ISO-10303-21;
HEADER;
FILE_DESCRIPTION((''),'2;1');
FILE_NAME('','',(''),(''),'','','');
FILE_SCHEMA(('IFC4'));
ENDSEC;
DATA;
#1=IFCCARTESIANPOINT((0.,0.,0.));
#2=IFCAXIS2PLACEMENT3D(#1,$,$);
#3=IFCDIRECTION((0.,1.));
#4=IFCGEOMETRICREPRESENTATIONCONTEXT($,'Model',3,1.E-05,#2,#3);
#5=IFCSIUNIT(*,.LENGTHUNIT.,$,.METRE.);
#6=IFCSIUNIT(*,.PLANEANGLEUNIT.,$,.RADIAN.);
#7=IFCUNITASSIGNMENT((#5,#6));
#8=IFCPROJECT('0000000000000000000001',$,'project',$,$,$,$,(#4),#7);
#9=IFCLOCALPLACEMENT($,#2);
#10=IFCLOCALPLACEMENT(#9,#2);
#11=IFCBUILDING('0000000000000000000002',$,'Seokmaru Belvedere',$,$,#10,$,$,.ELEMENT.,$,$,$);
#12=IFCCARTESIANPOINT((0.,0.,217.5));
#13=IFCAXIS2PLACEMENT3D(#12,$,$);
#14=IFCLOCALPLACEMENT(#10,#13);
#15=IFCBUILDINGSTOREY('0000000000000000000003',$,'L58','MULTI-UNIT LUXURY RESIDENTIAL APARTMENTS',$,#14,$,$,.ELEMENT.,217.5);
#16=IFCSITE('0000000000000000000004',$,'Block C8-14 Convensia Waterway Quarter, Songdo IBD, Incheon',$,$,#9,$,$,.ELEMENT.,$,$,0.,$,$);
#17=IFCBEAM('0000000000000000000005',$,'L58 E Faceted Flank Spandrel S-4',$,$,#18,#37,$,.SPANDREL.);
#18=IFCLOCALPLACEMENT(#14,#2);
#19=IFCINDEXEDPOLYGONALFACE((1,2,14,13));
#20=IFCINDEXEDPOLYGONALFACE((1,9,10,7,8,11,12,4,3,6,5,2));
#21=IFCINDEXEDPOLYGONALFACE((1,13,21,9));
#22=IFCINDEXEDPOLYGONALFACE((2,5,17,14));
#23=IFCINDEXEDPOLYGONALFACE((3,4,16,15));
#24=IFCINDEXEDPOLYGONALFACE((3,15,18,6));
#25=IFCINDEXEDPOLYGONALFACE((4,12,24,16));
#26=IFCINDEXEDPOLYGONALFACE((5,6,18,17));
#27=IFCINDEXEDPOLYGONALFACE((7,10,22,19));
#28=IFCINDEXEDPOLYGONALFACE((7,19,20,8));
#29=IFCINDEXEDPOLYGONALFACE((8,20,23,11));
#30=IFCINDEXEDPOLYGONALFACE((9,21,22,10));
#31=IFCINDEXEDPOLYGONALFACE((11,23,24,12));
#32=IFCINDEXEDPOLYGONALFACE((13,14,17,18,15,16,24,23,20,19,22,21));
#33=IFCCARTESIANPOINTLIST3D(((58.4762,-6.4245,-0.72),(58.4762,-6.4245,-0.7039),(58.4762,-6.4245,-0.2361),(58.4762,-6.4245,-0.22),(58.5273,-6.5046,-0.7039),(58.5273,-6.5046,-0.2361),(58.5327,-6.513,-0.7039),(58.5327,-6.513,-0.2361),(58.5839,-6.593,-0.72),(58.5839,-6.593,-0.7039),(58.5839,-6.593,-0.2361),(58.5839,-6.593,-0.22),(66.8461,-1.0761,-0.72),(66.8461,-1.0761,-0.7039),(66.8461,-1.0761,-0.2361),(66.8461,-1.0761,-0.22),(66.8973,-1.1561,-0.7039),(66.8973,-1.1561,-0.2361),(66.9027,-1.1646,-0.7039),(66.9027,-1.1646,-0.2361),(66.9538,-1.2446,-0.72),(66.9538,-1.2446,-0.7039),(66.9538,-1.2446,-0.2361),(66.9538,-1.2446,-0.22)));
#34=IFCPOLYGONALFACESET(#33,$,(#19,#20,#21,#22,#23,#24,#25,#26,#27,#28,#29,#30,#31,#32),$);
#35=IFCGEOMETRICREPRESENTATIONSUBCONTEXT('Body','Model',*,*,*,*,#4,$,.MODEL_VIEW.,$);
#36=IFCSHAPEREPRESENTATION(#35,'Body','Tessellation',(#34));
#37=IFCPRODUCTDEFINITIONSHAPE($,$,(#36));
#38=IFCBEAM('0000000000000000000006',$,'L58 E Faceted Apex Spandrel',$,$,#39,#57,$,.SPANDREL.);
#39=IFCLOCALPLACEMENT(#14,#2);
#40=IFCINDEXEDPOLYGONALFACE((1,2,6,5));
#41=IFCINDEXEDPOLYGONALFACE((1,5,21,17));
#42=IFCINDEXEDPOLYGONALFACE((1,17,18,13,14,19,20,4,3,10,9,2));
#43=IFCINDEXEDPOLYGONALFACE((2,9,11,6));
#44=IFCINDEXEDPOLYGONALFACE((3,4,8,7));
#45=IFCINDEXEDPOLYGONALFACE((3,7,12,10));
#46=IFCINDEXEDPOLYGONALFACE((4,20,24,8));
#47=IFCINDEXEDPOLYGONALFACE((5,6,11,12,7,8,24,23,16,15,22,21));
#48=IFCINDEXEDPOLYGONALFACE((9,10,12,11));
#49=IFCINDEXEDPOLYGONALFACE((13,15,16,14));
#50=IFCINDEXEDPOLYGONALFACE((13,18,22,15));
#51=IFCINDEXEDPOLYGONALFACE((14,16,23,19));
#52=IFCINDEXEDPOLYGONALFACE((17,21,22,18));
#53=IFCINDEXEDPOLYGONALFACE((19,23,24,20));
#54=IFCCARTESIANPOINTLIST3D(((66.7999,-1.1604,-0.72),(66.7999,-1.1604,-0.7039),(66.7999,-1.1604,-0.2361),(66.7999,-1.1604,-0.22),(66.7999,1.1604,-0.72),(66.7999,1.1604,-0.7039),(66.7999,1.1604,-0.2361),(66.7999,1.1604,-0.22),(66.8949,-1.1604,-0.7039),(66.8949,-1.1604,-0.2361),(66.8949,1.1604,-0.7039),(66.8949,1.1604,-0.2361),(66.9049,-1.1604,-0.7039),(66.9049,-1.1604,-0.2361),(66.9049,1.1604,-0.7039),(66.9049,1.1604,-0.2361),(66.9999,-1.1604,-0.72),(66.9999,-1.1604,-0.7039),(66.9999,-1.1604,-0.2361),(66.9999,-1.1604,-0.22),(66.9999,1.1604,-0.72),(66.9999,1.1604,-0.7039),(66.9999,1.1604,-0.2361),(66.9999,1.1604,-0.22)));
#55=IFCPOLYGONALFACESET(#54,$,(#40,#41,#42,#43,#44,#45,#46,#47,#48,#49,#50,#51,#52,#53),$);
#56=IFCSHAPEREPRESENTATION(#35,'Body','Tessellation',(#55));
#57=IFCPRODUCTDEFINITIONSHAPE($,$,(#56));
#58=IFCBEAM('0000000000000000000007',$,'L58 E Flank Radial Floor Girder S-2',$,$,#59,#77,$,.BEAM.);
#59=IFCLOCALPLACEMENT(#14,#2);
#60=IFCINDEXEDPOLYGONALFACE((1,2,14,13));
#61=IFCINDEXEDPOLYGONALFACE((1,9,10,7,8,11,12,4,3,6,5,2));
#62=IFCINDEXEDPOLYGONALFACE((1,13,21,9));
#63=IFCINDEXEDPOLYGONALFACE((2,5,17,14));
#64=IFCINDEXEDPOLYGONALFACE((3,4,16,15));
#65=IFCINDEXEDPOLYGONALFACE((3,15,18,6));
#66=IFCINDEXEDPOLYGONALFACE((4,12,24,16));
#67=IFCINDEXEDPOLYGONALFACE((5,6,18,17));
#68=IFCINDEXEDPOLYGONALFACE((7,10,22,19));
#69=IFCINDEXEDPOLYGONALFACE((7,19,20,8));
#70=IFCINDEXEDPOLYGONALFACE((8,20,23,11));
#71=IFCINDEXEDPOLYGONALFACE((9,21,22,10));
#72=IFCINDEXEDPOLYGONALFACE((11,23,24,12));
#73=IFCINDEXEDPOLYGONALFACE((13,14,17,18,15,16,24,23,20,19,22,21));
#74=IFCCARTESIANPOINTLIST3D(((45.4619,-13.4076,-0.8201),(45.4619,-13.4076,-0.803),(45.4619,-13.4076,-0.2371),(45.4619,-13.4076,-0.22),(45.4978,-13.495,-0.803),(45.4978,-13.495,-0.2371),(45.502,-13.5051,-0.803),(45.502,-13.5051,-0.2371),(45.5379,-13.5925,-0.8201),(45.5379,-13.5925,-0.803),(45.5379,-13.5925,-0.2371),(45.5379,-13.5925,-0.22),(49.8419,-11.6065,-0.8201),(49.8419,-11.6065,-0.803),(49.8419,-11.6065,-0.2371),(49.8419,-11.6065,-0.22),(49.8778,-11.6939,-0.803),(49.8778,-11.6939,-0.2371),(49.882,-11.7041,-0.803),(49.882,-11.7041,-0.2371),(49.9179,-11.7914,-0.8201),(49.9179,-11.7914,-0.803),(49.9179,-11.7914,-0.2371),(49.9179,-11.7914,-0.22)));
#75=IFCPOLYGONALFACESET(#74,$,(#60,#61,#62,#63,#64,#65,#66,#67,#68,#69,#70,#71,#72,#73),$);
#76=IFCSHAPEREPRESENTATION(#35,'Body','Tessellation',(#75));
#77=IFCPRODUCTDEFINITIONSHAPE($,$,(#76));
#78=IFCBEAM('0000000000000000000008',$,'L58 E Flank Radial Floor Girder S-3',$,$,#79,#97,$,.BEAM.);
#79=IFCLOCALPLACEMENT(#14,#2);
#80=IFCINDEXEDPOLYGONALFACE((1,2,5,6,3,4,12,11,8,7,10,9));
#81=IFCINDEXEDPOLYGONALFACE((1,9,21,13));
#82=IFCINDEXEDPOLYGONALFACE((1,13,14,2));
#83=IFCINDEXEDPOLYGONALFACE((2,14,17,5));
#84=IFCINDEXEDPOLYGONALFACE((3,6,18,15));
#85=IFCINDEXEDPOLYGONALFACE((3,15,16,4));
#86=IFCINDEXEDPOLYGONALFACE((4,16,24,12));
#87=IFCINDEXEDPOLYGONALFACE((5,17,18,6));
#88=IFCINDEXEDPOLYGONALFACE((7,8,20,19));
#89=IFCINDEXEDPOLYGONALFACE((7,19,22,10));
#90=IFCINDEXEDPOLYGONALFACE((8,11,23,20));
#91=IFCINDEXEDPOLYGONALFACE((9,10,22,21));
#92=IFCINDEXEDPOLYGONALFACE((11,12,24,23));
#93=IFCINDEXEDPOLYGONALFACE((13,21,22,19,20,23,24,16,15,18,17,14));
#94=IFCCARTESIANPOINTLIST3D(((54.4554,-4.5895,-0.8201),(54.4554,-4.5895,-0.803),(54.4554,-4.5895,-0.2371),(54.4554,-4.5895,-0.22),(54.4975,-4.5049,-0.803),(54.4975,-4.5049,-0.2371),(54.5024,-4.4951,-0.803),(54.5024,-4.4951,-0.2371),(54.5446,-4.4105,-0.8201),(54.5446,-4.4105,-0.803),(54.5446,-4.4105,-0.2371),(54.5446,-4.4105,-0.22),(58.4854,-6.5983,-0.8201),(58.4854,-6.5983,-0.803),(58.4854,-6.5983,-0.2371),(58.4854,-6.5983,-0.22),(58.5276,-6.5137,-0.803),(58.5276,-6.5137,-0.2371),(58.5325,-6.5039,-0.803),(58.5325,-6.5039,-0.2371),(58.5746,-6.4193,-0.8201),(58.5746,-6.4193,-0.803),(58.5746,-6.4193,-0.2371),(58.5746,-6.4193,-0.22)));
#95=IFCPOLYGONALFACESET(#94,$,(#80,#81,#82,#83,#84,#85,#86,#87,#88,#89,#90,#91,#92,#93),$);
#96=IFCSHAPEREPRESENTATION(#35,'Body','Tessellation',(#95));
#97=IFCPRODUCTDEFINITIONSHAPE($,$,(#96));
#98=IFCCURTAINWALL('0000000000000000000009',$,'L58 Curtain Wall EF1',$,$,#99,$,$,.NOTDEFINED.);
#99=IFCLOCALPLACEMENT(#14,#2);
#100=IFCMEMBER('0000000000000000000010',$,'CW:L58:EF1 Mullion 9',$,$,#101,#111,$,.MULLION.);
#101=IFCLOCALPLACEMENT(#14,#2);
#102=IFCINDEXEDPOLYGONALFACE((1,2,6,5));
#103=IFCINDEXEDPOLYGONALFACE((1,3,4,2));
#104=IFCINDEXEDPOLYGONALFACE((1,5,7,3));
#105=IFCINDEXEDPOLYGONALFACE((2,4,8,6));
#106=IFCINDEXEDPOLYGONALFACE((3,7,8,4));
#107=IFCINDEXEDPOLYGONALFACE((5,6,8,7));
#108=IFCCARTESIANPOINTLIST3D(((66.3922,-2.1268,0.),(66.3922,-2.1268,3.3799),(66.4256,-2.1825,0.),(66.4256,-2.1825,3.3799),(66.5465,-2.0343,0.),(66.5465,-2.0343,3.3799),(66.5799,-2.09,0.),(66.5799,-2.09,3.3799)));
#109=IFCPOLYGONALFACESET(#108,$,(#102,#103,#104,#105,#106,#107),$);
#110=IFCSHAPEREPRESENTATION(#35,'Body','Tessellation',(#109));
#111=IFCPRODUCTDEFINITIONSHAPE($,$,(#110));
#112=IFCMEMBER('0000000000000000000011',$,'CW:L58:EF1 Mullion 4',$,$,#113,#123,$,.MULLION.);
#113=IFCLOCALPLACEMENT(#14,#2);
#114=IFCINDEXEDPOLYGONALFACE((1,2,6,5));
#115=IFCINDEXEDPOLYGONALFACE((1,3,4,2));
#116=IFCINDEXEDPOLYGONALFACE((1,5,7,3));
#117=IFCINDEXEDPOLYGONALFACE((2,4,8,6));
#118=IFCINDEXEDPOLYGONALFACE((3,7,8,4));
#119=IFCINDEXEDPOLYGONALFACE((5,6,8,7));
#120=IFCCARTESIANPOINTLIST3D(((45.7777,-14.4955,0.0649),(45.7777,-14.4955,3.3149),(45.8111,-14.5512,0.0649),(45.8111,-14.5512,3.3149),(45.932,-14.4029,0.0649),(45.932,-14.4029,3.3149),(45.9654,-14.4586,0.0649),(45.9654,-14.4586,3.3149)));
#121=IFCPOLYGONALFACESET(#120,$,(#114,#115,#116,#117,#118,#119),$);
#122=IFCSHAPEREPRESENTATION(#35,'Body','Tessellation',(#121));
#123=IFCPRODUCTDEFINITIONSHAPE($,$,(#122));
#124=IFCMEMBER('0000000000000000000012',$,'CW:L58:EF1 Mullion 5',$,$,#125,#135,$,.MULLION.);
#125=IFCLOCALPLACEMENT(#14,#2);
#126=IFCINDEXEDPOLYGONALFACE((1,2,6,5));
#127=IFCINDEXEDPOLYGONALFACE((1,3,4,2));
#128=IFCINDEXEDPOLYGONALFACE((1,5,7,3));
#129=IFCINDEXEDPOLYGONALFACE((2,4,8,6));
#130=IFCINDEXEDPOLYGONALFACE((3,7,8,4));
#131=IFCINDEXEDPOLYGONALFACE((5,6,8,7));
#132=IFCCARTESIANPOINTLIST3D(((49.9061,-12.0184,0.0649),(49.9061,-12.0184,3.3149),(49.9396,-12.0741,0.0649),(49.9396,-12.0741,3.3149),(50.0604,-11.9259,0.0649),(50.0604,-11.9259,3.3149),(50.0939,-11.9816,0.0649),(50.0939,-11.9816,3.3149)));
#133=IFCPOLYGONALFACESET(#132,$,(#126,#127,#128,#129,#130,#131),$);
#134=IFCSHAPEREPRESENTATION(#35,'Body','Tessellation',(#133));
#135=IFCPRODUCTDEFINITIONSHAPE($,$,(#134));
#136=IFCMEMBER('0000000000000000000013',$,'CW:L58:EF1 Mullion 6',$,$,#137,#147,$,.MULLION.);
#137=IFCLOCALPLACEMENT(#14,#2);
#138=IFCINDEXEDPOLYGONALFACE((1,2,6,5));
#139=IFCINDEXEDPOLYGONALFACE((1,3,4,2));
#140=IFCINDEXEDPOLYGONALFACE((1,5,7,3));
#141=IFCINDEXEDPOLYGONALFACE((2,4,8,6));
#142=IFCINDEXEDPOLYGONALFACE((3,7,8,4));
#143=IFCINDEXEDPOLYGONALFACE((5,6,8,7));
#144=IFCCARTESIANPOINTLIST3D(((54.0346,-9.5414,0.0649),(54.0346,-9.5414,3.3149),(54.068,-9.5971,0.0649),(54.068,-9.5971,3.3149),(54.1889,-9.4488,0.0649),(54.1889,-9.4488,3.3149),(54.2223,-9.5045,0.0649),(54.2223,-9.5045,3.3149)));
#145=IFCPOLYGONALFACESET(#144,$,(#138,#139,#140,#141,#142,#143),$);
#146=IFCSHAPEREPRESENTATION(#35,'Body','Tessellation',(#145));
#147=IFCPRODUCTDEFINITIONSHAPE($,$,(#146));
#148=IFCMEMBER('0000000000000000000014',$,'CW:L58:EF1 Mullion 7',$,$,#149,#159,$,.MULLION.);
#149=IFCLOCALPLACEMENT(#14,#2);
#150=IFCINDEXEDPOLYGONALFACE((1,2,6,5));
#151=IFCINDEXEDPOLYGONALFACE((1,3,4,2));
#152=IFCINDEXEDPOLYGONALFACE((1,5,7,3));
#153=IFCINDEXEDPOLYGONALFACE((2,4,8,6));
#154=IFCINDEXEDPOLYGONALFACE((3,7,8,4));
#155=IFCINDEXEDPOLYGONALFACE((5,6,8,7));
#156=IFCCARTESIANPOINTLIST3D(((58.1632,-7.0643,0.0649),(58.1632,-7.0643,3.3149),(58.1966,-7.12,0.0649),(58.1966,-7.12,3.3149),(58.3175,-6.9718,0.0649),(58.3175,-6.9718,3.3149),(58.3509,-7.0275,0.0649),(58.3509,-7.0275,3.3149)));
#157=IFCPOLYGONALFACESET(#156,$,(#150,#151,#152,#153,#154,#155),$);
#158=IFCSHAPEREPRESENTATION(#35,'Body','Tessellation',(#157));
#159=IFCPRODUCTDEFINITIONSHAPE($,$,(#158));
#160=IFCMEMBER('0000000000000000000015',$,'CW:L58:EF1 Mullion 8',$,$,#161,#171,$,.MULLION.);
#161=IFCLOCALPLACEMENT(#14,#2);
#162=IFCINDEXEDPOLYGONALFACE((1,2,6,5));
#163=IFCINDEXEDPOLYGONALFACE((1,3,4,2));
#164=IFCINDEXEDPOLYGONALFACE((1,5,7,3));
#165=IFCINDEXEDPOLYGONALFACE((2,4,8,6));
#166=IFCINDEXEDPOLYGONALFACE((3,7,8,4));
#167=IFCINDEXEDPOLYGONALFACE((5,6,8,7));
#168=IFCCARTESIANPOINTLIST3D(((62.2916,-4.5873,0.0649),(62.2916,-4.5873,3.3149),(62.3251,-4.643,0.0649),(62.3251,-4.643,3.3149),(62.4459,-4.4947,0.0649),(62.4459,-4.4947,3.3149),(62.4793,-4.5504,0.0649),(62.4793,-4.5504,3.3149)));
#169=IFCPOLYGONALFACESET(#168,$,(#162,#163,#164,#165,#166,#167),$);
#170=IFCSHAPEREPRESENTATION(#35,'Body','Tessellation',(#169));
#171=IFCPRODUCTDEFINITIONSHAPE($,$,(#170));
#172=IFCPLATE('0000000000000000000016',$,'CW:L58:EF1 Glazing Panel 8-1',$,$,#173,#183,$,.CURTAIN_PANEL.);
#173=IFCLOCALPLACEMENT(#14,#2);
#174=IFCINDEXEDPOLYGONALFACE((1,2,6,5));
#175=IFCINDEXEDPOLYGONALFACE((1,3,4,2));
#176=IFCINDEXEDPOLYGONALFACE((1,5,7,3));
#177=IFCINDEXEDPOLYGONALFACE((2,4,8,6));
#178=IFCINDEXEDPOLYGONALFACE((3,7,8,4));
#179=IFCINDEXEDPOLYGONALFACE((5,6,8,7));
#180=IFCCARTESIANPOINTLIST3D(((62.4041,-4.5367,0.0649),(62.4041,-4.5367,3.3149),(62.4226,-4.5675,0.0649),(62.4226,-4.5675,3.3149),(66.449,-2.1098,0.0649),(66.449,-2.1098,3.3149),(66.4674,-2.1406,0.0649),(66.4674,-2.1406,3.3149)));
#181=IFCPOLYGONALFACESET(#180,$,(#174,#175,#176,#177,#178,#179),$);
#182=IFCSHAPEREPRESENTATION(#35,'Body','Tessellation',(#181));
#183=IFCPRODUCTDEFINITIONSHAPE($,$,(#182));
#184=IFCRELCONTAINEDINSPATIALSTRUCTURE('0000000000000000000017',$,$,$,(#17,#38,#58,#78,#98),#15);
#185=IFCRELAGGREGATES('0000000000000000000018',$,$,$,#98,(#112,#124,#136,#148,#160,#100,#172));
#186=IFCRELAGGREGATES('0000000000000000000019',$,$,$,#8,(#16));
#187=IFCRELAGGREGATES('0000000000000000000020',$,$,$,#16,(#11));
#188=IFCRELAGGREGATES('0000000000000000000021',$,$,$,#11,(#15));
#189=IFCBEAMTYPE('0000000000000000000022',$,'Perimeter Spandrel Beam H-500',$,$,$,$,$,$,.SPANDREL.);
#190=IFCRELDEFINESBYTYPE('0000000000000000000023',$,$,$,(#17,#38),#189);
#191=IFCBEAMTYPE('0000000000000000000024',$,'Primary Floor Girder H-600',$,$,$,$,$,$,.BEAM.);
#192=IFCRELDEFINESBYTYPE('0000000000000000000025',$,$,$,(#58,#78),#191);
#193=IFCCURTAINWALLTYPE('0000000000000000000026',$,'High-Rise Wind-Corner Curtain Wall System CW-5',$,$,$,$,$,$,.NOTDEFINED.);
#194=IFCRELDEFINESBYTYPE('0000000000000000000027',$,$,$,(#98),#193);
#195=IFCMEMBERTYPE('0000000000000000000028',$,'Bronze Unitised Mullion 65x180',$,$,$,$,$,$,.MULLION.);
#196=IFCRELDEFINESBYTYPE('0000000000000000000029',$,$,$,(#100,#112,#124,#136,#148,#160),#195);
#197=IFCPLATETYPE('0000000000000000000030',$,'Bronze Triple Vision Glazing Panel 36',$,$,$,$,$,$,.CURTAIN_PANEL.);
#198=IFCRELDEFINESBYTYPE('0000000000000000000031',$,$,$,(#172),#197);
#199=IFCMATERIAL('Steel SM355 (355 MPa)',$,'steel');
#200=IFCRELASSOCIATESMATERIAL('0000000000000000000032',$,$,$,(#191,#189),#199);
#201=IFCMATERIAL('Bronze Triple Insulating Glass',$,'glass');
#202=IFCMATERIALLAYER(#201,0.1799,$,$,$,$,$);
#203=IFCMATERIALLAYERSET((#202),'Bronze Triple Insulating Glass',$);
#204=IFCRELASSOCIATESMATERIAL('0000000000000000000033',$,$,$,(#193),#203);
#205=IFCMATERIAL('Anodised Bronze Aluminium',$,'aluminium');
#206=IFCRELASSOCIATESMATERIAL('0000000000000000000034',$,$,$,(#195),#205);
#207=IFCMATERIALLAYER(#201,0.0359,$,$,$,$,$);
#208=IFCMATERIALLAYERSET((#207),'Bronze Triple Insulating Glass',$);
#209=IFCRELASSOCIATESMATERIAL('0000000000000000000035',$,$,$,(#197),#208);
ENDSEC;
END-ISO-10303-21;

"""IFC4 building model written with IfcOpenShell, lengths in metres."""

from ifc_helpers import new_model, si_unit, direction, frame, origin, origin_2d, place, context, subcontext, project, spatial, rectangle, i_section, extrude, source, transform, mapped, material, layer, layer_set, material_profile, profile_set, type_object, type_shapes, element, aggregate, save


model = new_model("IFC4")

# Units and contexts
model_context = context("Model", 3, precision=1e-05, world=origin(), true_north=direction((0.0, 1.0)))
body_context = subcontext(model_context, "Body", "Model", "MODEL_VIEW")
ifc_project = project(units=[si_unit("LENGTHUNIT", "METRE"), si_unit("PLANEANGLEUNIT", "RADIAN")], contexts=[model_context])

# Site, building, storey
site_placement = place(None, origin())
site = spatial("IfcSite", under=ifc_project, at=site_placement, Name="Block C8-14 Convensia Waterway Quarter, Songdo IBD, Incheon", CompositionType="ELEMENT", RefElevation=0.0)
building_placement = place(site_placement, origin())
building = spatial("IfcBuilding", under=site, at=building_placement, Name="Seokmaru Belvedere", CompositionType="ELEMENT")
storey_placement = place(building_placement, frame((0.0, 0.0, 217.5)))
storey = spatial("IfcBuildingStorey", under=building, at=storey_placement, Name="L58", Description="MULTI-UNIT LUXURY RESIDENTIAL APARTMENTS", CompositionType="ELEMENT", Elevation=217.5)

# Shared definitions
ifc_material_1 = material(Name="Steel SM355 (355 MPa)", Category="steel")

# Beams
ifc_material_profile_1 = material_profile(ifc_material_1, i_section(OverallWidth=0.2, OverallDepth=0.6001, WebThickness=0.011, FlangeThickness=0.0171, at=origin_2d()), Name="H-600x200x11x17")
ifc_profile_set_1 = profile_set([ifc_material_profile_1], Name="Steel SM355 (355 MPa)")
beam_type_1 = type_object("IfcBeamType", Name="Primary Floor Girder H-600", PredefinedType="BEAM", material=ifc_profile_set_1)
ifc_material_profile_2 = material_profile(ifc_material_1, i_section(OverallWidth=0.2, OverallDepth=0.5, WebThickness=0.01, FlangeThickness=0.0161, at=origin_2d()), Name="H-500x200x10x16")
ifc_profile_set_2 = profile_set([ifc_material_profile_2], Name="Steel SM355 (355 MPa)")
beam_type_2 = type_object("IfcBeamType", Name="Perimeter Spandrel Beam H-500", PredefinedType="SPANDREL", material=ifc_profile_set_2)
shared_shape_1 = source(origin(), body_context, "Body", "SweptSolid", [
    extrude(i_section(OverallWidth=0.2, OverallDepth=0.5, WebThickness=0.01, FlangeThickness=0.0161, at=origin_2d()), origin(), (0.0, 0.0, 1.0), 9.9329),
])
beam_1_placement = place(storey_placement, frame((58.53, -6.5088, -0.47), z_axis=(0.842652, 0.538459, 0.0), x_axis=(-0.538459, 0.842652, 0.0)))
element("IfcBeam", 1, at=beam_1_placement, inside=storey, type_object=beam_type_2, Name="L58 E Faceted Flank Spandrel S-4", PredefinedType="SPANDREL", context=body_context, shape_type="MappedRepresentation", body=[
    mapped(shared_shape_1, transform((0.0, 0.0, 0.0), scale=1.0)),
])
shared_shape_2 = source(origin(), body_context, "Body", "SweptSolid", [
    extrude(i_section(OverallWidth=0.2, OverallDepth=0.5, WebThickness=0.01, FlangeThickness=0.0161, at=origin_2d()), origin(), (0.0, 0.0, 1.0), 2.3208),
])
beam_2_placement = place(storey_placement, frame((66.8999, -1.1604, -0.47), z_axis=(0.0, 1.0, 0.0), x_axis=(-1.0, 0.0, 0.0)))
element("IfcBeam", 2, at=beam_2_placement, inside=storey, type_object=beam_type_2, Name="L58 E Faceted Apex Spandrel", PredefinedType="SPANDREL", context=body_context, shape_type="MappedRepresentation", body=[
    mapped(shared_shape_2, transform((0.0, 0.0, 0.0), scale=1.0)),
])
shared_shape_3 = source(origin(), body_context, "Body", "SweptSolid", [
    extrude(i_section(OverallWidth=0.2, OverallDepth=0.6001, WebThickness=0.011, FlangeThickness=0.0171, at=origin_2d()), origin(), (0.0, 0.0, 1.0), 4.7358),
])
beam_3_placement = place(storey_placement, frame((49.8799, -11.699, -0.52), z_axis=(-0.924861, -0.380306, 0.0), x_axis=(0.380306, -0.924861, 0.0)))
element("IfcBeam", 3, at=beam_3_placement, inside=storey, type_object=beam_type_1, Name="L58 E Flank Radial Floor Girder S-2", PredefinedType="BEAM", context=body_context, shape_type="MappedRepresentation", body=[
    mapped(shared_shape_3, transform((0.0, 0.0, 0.0), scale=1.0)),
])
shared_shape_4 = source(origin(), body_context, "Body", "SweptSolid", [
    extrude(i_section(OverallWidth=0.2, OverallDepth=0.6001, WebThickness=0.011, FlangeThickness=0.0171, at=origin_2d()), origin(), (0.0, 0.0, 1.0), 4.5029),
])
beam_4_placement = place(storey_placement, frame((58.53, -6.5088, -0.52), z_axis=(-0.89498, 0.446107, 0.0), x_axis=(-0.446107, -0.89498, 0.0)))
element("IfcBeam", 4, at=beam_4_placement, inside=storey, type_object=beam_type_1, Name="L58 E Flank Radial Floor Girder S-3", PredefinedType="BEAM", context=body_context, shape_type="MappedRepresentation", body=[
    mapped(shared_shape_4, transform((0.0, 0.0, 0.0), scale=1.0)),
])

# Curtain wall, members, plate
ifc_material_2 = material(Name="Bronze Triple Insulating Glass", Category="glass")
ifc_layer_1 = layer(ifc_material_2, 0.1799)
ifc_layer_set_1 = layer_set([ifc_layer_1], Name="Bronze Triple Insulating Glass")
curtain_wall_type = type_object("IfcCurtainWallType", Name="High-Rise Wind-Corner Curtain Wall System CW-5", PredefinedType="NOTDEFINED", material=ifc_layer_set_1)
curtain_wall_placement = place(storey_placement, origin())
curtain_wall = element("IfcCurtainWall", 5, at=curtain_wall_placement, inside=storey, type_object=curtain_wall_type, Name="L58 Curtain Wall EF1", PredefinedType="NOTDEFINED")
ifc_material_3 = material(Name="Anodised Bronze Aluminium", Category="aluminium")
ifc_material_profile_3 = material_profile(ifc_material_3, rectangle(XDim=0.0649, YDim=0.1799, at=origin_2d()), Name="CW-M-65x180")
ifc_profile_set_3 = profile_set([ifc_material_profile_3], Name="Anodised Bronze Aluminium")
member_type = type_object("IfcMemberType", Name="Bronze Unitised Mullion 65x180", PredefinedType="MULLION", material=ifc_profile_set_3)
shared_shape_5 = source(origin(), body_context, "Body", "SweptSolid", [
    extrude(rectangle(XDim=0.0649, YDim=0.1799, at=origin_2d()), origin(), (0.0, 0.0, 1.0), 3.3799),
])
member_1_placement = place(storey_placement, frame((66.4861, -2.1084, 0.0), z_axis=(0.0, 0.0, 1.0), x_axis=(-0.514495, 0.857493, 0.0)))
member_1 = element("IfcMember", 6, at=member_1_placement, type_object=member_type, Name="CW:L58:EF1 Mullion 9", PredefinedType="MULLION", context=body_context, shape_type="MappedRepresentation", body=[
    mapped(shared_shape_5, transform((0.0, 0.0, 0.0), scale=1.0)),
])
shared_shape_6 = source(origin(), body_context, "Body", "SweptSolid", [
    extrude(rectangle(XDim=0.0649, YDim=0.1799, at=origin_2d()), origin(), (0.0, 0.0, 1.0), 3.25),
])
type_shapes(member_type, [shared_shape_5, shared_shape_6])
member_2_placement = place(storey_placement, frame((45.8716, -14.4771, 0.0649), z_axis=(0.0, 0.0, 1.0), x_axis=(-0.514495, 0.857493, 0.0)))
member_2 = element("IfcMember", 7, at=member_2_placement, type_object=member_type, Name="CW:L58:EF1 Mullion 4", PredefinedType="MULLION", context=body_context, shape_type="MappedRepresentation", body=[
    mapped(shared_shape_6, transform((0.0, 0.0, 0.0), scale=1.0)),
])
member_3_placement = place(storey_placement, frame((50.0, -12.0, 0.0649), z_axis=(0.0, 0.0, 1.0), x_axis=(-0.514495, 0.857493, 0.0)))
member_3 = element("IfcMember", 8, at=member_3_placement, type_object=member_type, Name="CW:L58:EF1 Mullion 5", PredefinedType="MULLION", context=body_context, shape_type="MappedRepresentation", body=[
    mapped(shared_shape_6, transform((0.0, 0.0, 0.0), scale=1.0)),
])
member_4_placement = place(storey_placement, frame((54.1284, -9.5229, 0.0649), z_axis=(0.0, 0.0, 1.0), x_axis=(-0.514495, 0.857493, 0.0)))
member_4 = element("IfcMember", 9, at=member_4_placement, type_object=member_type, Name="CW:L58:EF1 Mullion 6", PredefinedType="MULLION", context=body_context, shape_type="MappedRepresentation", body=[
    mapped(shared_shape_6, transform((0.0, 0.0, 0.0), scale=1.0)),
])
member_5_placement = place(storey_placement, frame((58.2571, -7.0459, 0.0649), z_axis=(0.0, 0.0, 1.0), x_axis=(-0.514495, 0.857493, 0.0)))
member_5 = element("IfcMember", 10, at=member_5_placement, type_object=member_type, Name="CW:L58:EF1 Mullion 7", PredefinedType="MULLION", context=body_context, shape_type="MappedRepresentation", body=[
    mapped(shared_shape_6, transform((0.0, 0.0, 0.0), scale=1.0)),
])
member_6_placement = place(storey_placement, frame((62.3855, -4.5688, 0.0649), z_axis=(0.0, 0.0, 1.0), x_axis=(-0.514495, 0.857493, 0.0)))
member_6 = element("IfcMember", 11, at=member_6_placement, type_object=member_type, Name="CW:L58:EF1 Mullion 8", PredefinedType="MULLION", context=body_context, shape_type="MappedRepresentation", body=[
    mapped(shared_shape_6, transform((0.0, 0.0, 0.0), scale=1.0)),
])
ifc_layer_2 = layer(ifc_material_2, 0.0359)
ifc_layer_set_2 = layer_set([ifc_layer_2], Name="Bronze Triple Insulating Glass")
plate_type = type_object("IfcPlateType", Name="Bronze Triple Vision Glazing Panel 36", PredefinedType="CURTAIN_PANEL", material=ifc_layer_set_2)
shared_shape_7 = source(origin(), body_context, "Body", "SweptSolid", [
    extrude(rectangle(XDim=4.717, YDim=0.0359, at=origin_2d()), origin(), (0.0, 0.0, 1.0), 3.25),
])
plate_1_placement = place(storey_placement, frame((64.4358, -3.3386, 0.0649), z_axis=(0.0, 0.0, 1.0), x_axis=(0.857493, 0.514495, 0.0)))
plate_1 = element("IfcPlate", 12, at=plate_1_placement, type_object=plate_type, Name="CW:L58:EF1 Glazing Panel 8-1", PredefinedType="CURTAIN_PANEL", context=body_context, shape_type="MappedRepresentation", body=[
    mapped(shared_shape_7, transform((0.0, 0.0, 0.0), scale=1.0)),
])
aggregate(curtain_wall, [member_2, member_3, member_4, member_5, member_6, member_1, plate_1])

save(model, "model.ifc")
